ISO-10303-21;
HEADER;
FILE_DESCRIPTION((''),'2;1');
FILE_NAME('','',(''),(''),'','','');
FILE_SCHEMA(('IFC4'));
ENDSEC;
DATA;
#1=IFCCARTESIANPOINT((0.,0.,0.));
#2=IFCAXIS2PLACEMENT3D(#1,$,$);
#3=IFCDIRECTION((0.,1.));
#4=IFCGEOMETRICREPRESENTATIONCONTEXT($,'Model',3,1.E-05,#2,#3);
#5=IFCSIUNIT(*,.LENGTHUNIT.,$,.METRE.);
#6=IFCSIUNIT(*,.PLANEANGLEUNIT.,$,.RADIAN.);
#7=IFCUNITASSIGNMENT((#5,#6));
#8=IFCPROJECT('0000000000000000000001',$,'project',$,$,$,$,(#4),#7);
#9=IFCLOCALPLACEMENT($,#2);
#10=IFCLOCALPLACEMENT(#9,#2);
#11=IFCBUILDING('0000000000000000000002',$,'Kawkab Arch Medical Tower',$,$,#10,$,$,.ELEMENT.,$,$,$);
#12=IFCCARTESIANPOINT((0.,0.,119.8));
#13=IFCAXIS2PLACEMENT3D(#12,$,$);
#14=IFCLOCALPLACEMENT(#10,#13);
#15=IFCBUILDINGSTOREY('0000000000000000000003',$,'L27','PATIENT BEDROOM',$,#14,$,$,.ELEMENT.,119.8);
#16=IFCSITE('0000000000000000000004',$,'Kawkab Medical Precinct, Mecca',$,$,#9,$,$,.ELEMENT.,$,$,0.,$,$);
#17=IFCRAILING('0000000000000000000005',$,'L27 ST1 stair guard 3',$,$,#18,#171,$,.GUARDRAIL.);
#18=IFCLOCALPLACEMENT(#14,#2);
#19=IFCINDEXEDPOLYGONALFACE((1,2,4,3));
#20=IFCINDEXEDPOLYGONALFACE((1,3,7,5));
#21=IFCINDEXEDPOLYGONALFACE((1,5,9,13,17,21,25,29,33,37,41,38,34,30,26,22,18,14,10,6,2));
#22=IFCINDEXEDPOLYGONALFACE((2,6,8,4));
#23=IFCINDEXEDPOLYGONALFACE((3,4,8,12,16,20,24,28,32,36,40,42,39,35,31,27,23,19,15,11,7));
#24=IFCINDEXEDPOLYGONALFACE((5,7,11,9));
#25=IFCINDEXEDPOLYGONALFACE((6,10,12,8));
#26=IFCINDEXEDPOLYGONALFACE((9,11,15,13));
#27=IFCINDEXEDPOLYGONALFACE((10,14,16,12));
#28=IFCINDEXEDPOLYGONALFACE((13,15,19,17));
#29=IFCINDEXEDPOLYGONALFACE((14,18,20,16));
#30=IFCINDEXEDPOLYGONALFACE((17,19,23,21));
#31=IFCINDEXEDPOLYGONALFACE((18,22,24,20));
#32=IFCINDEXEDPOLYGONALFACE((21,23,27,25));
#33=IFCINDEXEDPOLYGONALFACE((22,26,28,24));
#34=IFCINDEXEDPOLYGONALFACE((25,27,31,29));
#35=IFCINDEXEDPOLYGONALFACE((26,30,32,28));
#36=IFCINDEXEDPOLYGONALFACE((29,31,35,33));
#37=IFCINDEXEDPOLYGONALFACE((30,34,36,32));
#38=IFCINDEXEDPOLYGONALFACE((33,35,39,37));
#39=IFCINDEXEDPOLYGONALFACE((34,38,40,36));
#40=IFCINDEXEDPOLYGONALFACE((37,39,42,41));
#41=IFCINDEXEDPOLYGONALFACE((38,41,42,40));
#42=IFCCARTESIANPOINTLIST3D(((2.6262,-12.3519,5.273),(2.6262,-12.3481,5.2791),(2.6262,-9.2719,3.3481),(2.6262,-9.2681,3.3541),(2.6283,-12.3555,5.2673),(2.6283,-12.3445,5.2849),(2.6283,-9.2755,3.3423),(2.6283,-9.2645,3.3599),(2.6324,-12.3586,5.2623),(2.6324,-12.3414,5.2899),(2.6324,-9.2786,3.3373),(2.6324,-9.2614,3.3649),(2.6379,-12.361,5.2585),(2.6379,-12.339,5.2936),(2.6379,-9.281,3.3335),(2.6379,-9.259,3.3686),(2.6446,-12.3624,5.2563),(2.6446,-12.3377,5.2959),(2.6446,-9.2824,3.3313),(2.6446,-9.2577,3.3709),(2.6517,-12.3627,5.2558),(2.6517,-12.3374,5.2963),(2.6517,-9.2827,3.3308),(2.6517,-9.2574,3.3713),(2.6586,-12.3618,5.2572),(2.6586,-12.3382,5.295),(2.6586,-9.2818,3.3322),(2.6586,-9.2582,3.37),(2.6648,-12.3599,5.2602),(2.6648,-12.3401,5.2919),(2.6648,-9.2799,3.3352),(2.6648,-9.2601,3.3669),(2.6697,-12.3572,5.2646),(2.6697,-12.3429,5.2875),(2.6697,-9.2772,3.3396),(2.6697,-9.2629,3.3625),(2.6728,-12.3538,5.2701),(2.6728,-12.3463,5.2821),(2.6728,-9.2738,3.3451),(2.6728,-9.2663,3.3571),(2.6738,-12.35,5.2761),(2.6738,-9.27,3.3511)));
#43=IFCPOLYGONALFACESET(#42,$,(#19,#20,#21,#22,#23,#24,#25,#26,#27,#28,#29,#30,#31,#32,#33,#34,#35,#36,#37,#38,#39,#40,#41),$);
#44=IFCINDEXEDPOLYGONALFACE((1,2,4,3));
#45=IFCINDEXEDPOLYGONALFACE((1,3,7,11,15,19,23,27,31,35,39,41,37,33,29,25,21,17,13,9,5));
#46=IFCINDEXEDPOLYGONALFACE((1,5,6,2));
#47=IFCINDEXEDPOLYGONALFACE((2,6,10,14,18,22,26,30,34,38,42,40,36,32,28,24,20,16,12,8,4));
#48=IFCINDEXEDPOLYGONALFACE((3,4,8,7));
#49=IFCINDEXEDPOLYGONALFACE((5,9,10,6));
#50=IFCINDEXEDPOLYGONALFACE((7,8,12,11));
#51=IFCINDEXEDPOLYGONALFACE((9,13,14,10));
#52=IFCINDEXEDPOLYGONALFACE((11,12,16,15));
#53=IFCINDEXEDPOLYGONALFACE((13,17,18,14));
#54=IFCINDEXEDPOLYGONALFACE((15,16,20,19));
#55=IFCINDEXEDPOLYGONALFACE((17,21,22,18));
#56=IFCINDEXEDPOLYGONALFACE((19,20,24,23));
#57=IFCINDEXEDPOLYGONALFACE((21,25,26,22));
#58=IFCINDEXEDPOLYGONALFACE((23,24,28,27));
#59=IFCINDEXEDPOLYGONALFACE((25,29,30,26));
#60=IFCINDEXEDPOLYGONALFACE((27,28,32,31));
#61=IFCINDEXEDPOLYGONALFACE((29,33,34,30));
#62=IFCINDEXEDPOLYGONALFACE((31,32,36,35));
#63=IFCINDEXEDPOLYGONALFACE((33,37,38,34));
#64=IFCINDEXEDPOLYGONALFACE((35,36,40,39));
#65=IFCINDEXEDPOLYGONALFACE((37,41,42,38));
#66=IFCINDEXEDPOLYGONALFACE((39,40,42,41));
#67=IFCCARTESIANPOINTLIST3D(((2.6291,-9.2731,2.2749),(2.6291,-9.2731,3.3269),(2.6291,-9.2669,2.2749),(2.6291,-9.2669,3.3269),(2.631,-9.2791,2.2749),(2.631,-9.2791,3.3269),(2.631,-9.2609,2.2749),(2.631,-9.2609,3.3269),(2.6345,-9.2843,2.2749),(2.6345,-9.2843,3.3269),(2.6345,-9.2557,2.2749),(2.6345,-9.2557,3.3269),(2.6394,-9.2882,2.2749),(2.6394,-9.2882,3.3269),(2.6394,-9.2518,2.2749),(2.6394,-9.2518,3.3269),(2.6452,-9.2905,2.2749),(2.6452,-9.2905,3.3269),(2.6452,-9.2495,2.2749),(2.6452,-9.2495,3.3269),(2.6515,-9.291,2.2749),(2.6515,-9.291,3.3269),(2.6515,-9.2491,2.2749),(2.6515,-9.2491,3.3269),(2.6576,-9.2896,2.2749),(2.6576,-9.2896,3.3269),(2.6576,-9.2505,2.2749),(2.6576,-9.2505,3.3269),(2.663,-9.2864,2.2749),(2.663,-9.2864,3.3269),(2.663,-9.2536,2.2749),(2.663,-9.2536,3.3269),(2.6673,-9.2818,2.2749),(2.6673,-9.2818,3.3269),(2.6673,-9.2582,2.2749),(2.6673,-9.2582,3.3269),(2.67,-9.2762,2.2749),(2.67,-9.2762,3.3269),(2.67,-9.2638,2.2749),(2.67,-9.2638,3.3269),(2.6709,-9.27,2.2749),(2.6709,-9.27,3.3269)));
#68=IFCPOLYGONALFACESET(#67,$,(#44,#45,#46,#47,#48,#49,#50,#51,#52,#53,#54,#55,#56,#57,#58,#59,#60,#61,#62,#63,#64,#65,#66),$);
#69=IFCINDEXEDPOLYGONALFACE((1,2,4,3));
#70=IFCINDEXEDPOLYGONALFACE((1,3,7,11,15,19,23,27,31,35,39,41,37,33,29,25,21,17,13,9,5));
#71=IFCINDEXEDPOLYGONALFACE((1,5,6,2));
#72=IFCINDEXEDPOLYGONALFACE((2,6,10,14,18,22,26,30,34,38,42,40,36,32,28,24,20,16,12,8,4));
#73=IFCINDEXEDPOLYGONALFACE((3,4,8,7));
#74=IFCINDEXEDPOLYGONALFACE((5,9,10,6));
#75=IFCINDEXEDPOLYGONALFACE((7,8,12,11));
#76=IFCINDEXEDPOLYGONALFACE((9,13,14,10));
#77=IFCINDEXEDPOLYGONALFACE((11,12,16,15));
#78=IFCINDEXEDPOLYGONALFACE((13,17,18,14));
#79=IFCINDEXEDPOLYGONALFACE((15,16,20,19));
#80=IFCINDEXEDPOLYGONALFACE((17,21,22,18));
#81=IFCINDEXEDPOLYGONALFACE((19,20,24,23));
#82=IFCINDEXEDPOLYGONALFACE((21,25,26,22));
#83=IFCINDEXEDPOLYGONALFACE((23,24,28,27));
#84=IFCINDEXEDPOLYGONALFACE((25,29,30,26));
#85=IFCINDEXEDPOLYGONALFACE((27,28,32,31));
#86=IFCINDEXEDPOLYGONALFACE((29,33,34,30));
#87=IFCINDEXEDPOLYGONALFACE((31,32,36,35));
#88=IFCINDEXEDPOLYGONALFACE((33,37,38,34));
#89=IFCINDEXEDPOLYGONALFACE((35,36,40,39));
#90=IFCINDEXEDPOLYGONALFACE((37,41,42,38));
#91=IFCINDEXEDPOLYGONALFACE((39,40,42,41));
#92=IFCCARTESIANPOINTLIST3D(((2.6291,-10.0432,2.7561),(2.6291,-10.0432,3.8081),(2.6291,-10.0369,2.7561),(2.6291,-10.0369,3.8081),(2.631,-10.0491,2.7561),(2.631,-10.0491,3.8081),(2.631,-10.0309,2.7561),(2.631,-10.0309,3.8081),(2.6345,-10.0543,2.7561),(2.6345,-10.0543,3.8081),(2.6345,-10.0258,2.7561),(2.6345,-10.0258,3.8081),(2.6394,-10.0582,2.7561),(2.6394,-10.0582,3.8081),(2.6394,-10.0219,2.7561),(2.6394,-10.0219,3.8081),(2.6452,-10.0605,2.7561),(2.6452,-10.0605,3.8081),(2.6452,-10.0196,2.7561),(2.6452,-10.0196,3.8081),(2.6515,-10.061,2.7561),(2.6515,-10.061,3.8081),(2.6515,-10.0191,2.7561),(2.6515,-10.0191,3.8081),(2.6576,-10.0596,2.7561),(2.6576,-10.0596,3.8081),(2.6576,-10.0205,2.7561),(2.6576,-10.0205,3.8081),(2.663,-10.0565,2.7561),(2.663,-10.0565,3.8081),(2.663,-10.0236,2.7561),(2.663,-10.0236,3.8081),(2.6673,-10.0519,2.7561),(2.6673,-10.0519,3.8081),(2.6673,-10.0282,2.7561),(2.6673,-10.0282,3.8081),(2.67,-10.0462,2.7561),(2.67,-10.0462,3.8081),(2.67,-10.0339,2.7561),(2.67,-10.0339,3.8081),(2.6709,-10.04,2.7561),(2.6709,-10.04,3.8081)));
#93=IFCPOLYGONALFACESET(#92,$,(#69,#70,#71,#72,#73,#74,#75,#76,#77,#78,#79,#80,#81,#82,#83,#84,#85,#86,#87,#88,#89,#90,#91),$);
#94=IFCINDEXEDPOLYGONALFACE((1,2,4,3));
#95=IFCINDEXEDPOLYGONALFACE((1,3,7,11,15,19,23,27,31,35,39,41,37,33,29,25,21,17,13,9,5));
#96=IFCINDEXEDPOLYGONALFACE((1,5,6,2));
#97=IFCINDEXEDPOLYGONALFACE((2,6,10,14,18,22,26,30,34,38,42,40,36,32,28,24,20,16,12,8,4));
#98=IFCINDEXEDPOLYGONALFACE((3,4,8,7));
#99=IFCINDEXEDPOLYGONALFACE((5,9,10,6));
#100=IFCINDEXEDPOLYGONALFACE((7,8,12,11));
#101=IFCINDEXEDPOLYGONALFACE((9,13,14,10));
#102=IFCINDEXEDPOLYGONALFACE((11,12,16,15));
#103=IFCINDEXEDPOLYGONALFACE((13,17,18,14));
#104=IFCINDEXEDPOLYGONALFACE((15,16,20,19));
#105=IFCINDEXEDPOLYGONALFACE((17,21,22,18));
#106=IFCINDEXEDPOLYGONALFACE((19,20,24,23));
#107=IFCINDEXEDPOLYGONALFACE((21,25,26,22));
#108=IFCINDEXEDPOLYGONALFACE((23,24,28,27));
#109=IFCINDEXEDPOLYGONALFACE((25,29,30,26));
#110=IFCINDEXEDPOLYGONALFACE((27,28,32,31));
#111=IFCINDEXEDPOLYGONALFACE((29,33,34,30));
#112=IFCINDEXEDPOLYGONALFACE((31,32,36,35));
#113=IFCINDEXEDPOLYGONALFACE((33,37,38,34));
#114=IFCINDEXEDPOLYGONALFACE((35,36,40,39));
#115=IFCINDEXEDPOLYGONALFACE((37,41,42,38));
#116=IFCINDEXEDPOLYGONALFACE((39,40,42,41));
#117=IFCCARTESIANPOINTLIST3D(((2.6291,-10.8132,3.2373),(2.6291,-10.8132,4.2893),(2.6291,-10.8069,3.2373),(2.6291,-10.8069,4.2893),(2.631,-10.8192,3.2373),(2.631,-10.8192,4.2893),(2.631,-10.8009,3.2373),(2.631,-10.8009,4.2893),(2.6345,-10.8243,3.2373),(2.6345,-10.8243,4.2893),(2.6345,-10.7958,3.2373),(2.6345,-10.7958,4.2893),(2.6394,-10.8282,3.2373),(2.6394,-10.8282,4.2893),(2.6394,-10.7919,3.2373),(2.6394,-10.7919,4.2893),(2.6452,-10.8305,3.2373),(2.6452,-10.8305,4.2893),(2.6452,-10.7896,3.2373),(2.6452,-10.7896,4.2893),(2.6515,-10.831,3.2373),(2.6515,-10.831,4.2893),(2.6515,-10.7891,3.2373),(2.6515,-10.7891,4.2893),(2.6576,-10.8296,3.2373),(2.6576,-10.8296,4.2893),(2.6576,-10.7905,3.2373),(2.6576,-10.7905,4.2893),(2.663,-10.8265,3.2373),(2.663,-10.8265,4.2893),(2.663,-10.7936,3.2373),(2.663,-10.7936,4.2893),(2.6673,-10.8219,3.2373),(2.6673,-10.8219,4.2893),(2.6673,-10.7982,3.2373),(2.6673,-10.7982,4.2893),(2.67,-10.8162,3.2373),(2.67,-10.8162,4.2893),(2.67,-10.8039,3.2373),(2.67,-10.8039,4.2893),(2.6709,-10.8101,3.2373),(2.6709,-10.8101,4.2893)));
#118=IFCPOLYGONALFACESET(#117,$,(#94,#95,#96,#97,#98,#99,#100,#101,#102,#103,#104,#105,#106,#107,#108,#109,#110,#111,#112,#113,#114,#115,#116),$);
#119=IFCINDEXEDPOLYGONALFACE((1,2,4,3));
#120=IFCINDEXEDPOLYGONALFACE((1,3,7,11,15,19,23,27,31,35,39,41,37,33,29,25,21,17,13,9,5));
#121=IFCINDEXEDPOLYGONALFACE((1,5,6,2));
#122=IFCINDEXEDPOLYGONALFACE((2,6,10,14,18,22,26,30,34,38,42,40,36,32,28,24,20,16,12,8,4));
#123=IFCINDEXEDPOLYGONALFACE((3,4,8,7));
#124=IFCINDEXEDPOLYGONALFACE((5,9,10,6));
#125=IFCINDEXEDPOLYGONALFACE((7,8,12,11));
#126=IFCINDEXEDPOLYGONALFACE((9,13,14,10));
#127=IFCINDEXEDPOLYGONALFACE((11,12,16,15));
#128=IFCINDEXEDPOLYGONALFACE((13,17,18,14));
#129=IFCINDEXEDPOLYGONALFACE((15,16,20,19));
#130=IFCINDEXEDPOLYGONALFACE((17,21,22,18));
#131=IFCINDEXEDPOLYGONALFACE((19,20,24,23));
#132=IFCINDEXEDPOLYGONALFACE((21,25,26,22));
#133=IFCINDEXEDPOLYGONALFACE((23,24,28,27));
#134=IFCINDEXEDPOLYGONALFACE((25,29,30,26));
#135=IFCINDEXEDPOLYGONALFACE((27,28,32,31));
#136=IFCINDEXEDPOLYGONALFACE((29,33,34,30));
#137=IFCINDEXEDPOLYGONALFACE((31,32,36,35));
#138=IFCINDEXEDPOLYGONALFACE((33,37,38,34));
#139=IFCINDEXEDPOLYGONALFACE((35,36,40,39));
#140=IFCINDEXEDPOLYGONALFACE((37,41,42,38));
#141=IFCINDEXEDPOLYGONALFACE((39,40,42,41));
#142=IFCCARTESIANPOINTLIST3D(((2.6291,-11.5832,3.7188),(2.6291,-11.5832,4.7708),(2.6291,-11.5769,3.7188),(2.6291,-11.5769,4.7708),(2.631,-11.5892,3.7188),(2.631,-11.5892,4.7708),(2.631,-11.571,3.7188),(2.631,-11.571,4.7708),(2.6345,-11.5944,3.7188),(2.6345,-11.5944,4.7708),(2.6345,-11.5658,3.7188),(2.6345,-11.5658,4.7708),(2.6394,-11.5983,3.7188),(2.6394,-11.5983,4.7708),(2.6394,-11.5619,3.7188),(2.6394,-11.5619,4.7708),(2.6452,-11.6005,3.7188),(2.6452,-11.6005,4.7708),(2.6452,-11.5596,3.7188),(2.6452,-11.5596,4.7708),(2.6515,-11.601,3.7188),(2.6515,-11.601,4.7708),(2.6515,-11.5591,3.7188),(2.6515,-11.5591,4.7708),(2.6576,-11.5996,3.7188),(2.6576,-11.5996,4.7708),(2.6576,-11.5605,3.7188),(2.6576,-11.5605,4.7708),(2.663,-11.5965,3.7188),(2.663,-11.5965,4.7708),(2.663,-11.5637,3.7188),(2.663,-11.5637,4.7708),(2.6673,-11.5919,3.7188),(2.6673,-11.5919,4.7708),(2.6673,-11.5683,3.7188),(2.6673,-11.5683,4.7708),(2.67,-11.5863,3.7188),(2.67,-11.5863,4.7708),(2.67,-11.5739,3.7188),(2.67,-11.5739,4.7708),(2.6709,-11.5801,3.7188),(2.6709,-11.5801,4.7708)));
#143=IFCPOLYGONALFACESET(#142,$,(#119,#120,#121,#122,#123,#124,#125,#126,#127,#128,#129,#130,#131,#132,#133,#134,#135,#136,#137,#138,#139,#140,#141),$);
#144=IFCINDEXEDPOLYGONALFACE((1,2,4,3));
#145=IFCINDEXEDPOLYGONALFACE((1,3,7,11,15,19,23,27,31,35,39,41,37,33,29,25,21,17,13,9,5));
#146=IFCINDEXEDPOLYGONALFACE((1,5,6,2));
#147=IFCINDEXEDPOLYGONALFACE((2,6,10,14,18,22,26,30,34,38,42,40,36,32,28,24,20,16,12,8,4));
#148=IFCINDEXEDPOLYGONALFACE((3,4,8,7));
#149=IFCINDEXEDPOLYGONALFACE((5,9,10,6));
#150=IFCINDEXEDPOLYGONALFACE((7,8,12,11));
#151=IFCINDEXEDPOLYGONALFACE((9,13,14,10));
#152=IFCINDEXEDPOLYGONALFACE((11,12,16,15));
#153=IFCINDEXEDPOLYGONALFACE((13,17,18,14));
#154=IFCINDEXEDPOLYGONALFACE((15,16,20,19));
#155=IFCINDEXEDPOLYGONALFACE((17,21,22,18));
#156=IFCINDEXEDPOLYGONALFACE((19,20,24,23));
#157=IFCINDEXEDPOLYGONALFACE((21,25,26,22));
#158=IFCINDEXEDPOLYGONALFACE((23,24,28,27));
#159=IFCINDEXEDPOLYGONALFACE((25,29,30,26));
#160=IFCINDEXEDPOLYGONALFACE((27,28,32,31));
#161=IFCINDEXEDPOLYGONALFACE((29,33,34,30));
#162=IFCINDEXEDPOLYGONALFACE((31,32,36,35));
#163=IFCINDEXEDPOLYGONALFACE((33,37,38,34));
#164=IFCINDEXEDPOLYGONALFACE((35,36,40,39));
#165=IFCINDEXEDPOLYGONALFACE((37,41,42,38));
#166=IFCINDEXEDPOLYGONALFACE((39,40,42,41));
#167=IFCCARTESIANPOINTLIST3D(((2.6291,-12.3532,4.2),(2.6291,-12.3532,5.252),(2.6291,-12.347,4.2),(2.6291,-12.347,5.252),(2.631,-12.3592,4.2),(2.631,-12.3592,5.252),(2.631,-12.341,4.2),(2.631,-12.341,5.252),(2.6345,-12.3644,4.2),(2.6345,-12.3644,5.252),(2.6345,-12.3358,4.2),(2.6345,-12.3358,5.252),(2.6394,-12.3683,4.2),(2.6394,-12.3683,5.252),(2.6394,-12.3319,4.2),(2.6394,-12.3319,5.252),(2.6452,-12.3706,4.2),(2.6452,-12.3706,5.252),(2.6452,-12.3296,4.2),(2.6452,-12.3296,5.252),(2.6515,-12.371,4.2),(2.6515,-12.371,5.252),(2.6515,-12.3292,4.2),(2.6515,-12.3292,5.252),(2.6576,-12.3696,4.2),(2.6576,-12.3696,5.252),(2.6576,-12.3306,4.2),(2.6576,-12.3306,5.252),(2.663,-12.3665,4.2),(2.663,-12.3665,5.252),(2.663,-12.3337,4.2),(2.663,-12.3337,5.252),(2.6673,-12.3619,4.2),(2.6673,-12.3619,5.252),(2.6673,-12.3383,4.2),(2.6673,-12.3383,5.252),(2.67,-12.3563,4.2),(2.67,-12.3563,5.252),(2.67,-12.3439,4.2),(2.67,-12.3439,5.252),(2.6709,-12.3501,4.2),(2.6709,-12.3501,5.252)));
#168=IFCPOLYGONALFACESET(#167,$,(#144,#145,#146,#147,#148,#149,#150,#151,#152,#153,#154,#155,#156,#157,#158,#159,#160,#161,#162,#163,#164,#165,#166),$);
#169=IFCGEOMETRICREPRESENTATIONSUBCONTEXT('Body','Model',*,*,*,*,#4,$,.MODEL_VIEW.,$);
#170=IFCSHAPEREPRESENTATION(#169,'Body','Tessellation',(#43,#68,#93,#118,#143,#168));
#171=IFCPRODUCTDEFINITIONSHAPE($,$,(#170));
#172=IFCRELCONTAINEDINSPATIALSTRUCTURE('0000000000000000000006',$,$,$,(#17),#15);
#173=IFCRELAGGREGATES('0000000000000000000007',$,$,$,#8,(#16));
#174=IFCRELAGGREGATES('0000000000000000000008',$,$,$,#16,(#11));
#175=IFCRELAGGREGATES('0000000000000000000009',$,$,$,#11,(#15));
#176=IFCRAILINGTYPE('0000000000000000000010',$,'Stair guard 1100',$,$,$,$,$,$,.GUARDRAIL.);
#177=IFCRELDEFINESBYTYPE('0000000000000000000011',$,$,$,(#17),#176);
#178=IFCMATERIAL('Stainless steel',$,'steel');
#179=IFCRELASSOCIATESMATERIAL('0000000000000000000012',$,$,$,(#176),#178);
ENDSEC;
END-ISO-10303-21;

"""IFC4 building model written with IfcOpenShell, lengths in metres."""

from ifc_helpers import new_model, si_unit, direction, frame, origin, origin_2d, place, context, subcontext, project, spatial, circle, extrude, material, type_object, element, save


model = new_model("IFC4")

# Units and contexts
model_context = context("Model", 3, precision=1e-05, world=origin(), true_north=direction((0.0, 1.0)))
body_context = subcontext(model_context, "Body", "Model", "MODEL_VIEW")
ifc_project = project(units=[si_unit("LENGTHUNIT", "METRE"), si_unit("PLANEANGLEUNIT", "RADIAN")], contexts=[model_context])

# Site, building, storey
site_placement = place(None, origin())
site = spatial("IfcSite", under=ifc_project, at=site_placement, Name="Kawkab Medical Precinct, Mecca", CompositionType="ELEMENT", RefElevation=0.0)
building_placement = place(site_placement, origin())
building = spatial("IfcBuilding", under=site, at=building_placement, Name="Kawkab Arch Medical Tower", CompositionType="ELEMENT")
storey_placement = place(building_placement, frame((0.0, 0.0, 119.8)))
storey = spatial("IfcBuildingStorey", under=building, at=storey_placement, Name="L27", Description="PATIENT BEDROOM", CompositionType="ELEMENT", Elevation=119.8)

# Railing
ifc_material_1 = material(Name="Stainless steel", Category="steel")
railing_type_1 = type_object("IfcRailingType", Name="Stair guard 1100", PredefinedType="GUARDRAIL", material=ifc_material_1)
railing_1_placement = place(storey_placement, frame((2.6499, -9.27, 2.2749)))
element("IfcRailing", 1, at=railing_1_placement, inside=storey, type_object=railing_type_1, Name="L27 ST1 stair guard 3", PredefinedType="GUARDRAIL", context=body_context, shape_type="SweptSolid", body=[
    extrude(circle(Radius=0.0239, at=origin_2d()), frame((0.0, 0.0, 1.0762), z_axis=(0.0, -0.847998, 0.529999), x_axis=(1.0, 0.0, 0.0)), (0.0, 0.0, 1.0), 3.6321),
    extrude(circle(Radius=0.021, at=origin_2d()), origin(), (0.0, 0.0, 1.0), 1.052),
    extrude(circle(Radius=0.021, at=origin_2d()), frame((0.0, -0.77, 0.4812)), (0.0, 0.0, 1.0), 1.052),
    extrude(circle(Radius=0.021, at=origin_2d()), frame((0.0, -1.54, 0.9624)), (0.0, 0.0, 1.0), 1.052),
    extrude(circle(Radius=0.021, at=origin_2d()), frame((0.0, -2.3101, 1.4438)), (0.0, 0.0, 1.0), 1.052),
    extrude(circle(Radius=0.021, at=origin_2d()), frame((0.0, -3.0801, 1.925)), (0.0, 0.0, 1.0), 1.052),
])

save(model, "model.ifc")
